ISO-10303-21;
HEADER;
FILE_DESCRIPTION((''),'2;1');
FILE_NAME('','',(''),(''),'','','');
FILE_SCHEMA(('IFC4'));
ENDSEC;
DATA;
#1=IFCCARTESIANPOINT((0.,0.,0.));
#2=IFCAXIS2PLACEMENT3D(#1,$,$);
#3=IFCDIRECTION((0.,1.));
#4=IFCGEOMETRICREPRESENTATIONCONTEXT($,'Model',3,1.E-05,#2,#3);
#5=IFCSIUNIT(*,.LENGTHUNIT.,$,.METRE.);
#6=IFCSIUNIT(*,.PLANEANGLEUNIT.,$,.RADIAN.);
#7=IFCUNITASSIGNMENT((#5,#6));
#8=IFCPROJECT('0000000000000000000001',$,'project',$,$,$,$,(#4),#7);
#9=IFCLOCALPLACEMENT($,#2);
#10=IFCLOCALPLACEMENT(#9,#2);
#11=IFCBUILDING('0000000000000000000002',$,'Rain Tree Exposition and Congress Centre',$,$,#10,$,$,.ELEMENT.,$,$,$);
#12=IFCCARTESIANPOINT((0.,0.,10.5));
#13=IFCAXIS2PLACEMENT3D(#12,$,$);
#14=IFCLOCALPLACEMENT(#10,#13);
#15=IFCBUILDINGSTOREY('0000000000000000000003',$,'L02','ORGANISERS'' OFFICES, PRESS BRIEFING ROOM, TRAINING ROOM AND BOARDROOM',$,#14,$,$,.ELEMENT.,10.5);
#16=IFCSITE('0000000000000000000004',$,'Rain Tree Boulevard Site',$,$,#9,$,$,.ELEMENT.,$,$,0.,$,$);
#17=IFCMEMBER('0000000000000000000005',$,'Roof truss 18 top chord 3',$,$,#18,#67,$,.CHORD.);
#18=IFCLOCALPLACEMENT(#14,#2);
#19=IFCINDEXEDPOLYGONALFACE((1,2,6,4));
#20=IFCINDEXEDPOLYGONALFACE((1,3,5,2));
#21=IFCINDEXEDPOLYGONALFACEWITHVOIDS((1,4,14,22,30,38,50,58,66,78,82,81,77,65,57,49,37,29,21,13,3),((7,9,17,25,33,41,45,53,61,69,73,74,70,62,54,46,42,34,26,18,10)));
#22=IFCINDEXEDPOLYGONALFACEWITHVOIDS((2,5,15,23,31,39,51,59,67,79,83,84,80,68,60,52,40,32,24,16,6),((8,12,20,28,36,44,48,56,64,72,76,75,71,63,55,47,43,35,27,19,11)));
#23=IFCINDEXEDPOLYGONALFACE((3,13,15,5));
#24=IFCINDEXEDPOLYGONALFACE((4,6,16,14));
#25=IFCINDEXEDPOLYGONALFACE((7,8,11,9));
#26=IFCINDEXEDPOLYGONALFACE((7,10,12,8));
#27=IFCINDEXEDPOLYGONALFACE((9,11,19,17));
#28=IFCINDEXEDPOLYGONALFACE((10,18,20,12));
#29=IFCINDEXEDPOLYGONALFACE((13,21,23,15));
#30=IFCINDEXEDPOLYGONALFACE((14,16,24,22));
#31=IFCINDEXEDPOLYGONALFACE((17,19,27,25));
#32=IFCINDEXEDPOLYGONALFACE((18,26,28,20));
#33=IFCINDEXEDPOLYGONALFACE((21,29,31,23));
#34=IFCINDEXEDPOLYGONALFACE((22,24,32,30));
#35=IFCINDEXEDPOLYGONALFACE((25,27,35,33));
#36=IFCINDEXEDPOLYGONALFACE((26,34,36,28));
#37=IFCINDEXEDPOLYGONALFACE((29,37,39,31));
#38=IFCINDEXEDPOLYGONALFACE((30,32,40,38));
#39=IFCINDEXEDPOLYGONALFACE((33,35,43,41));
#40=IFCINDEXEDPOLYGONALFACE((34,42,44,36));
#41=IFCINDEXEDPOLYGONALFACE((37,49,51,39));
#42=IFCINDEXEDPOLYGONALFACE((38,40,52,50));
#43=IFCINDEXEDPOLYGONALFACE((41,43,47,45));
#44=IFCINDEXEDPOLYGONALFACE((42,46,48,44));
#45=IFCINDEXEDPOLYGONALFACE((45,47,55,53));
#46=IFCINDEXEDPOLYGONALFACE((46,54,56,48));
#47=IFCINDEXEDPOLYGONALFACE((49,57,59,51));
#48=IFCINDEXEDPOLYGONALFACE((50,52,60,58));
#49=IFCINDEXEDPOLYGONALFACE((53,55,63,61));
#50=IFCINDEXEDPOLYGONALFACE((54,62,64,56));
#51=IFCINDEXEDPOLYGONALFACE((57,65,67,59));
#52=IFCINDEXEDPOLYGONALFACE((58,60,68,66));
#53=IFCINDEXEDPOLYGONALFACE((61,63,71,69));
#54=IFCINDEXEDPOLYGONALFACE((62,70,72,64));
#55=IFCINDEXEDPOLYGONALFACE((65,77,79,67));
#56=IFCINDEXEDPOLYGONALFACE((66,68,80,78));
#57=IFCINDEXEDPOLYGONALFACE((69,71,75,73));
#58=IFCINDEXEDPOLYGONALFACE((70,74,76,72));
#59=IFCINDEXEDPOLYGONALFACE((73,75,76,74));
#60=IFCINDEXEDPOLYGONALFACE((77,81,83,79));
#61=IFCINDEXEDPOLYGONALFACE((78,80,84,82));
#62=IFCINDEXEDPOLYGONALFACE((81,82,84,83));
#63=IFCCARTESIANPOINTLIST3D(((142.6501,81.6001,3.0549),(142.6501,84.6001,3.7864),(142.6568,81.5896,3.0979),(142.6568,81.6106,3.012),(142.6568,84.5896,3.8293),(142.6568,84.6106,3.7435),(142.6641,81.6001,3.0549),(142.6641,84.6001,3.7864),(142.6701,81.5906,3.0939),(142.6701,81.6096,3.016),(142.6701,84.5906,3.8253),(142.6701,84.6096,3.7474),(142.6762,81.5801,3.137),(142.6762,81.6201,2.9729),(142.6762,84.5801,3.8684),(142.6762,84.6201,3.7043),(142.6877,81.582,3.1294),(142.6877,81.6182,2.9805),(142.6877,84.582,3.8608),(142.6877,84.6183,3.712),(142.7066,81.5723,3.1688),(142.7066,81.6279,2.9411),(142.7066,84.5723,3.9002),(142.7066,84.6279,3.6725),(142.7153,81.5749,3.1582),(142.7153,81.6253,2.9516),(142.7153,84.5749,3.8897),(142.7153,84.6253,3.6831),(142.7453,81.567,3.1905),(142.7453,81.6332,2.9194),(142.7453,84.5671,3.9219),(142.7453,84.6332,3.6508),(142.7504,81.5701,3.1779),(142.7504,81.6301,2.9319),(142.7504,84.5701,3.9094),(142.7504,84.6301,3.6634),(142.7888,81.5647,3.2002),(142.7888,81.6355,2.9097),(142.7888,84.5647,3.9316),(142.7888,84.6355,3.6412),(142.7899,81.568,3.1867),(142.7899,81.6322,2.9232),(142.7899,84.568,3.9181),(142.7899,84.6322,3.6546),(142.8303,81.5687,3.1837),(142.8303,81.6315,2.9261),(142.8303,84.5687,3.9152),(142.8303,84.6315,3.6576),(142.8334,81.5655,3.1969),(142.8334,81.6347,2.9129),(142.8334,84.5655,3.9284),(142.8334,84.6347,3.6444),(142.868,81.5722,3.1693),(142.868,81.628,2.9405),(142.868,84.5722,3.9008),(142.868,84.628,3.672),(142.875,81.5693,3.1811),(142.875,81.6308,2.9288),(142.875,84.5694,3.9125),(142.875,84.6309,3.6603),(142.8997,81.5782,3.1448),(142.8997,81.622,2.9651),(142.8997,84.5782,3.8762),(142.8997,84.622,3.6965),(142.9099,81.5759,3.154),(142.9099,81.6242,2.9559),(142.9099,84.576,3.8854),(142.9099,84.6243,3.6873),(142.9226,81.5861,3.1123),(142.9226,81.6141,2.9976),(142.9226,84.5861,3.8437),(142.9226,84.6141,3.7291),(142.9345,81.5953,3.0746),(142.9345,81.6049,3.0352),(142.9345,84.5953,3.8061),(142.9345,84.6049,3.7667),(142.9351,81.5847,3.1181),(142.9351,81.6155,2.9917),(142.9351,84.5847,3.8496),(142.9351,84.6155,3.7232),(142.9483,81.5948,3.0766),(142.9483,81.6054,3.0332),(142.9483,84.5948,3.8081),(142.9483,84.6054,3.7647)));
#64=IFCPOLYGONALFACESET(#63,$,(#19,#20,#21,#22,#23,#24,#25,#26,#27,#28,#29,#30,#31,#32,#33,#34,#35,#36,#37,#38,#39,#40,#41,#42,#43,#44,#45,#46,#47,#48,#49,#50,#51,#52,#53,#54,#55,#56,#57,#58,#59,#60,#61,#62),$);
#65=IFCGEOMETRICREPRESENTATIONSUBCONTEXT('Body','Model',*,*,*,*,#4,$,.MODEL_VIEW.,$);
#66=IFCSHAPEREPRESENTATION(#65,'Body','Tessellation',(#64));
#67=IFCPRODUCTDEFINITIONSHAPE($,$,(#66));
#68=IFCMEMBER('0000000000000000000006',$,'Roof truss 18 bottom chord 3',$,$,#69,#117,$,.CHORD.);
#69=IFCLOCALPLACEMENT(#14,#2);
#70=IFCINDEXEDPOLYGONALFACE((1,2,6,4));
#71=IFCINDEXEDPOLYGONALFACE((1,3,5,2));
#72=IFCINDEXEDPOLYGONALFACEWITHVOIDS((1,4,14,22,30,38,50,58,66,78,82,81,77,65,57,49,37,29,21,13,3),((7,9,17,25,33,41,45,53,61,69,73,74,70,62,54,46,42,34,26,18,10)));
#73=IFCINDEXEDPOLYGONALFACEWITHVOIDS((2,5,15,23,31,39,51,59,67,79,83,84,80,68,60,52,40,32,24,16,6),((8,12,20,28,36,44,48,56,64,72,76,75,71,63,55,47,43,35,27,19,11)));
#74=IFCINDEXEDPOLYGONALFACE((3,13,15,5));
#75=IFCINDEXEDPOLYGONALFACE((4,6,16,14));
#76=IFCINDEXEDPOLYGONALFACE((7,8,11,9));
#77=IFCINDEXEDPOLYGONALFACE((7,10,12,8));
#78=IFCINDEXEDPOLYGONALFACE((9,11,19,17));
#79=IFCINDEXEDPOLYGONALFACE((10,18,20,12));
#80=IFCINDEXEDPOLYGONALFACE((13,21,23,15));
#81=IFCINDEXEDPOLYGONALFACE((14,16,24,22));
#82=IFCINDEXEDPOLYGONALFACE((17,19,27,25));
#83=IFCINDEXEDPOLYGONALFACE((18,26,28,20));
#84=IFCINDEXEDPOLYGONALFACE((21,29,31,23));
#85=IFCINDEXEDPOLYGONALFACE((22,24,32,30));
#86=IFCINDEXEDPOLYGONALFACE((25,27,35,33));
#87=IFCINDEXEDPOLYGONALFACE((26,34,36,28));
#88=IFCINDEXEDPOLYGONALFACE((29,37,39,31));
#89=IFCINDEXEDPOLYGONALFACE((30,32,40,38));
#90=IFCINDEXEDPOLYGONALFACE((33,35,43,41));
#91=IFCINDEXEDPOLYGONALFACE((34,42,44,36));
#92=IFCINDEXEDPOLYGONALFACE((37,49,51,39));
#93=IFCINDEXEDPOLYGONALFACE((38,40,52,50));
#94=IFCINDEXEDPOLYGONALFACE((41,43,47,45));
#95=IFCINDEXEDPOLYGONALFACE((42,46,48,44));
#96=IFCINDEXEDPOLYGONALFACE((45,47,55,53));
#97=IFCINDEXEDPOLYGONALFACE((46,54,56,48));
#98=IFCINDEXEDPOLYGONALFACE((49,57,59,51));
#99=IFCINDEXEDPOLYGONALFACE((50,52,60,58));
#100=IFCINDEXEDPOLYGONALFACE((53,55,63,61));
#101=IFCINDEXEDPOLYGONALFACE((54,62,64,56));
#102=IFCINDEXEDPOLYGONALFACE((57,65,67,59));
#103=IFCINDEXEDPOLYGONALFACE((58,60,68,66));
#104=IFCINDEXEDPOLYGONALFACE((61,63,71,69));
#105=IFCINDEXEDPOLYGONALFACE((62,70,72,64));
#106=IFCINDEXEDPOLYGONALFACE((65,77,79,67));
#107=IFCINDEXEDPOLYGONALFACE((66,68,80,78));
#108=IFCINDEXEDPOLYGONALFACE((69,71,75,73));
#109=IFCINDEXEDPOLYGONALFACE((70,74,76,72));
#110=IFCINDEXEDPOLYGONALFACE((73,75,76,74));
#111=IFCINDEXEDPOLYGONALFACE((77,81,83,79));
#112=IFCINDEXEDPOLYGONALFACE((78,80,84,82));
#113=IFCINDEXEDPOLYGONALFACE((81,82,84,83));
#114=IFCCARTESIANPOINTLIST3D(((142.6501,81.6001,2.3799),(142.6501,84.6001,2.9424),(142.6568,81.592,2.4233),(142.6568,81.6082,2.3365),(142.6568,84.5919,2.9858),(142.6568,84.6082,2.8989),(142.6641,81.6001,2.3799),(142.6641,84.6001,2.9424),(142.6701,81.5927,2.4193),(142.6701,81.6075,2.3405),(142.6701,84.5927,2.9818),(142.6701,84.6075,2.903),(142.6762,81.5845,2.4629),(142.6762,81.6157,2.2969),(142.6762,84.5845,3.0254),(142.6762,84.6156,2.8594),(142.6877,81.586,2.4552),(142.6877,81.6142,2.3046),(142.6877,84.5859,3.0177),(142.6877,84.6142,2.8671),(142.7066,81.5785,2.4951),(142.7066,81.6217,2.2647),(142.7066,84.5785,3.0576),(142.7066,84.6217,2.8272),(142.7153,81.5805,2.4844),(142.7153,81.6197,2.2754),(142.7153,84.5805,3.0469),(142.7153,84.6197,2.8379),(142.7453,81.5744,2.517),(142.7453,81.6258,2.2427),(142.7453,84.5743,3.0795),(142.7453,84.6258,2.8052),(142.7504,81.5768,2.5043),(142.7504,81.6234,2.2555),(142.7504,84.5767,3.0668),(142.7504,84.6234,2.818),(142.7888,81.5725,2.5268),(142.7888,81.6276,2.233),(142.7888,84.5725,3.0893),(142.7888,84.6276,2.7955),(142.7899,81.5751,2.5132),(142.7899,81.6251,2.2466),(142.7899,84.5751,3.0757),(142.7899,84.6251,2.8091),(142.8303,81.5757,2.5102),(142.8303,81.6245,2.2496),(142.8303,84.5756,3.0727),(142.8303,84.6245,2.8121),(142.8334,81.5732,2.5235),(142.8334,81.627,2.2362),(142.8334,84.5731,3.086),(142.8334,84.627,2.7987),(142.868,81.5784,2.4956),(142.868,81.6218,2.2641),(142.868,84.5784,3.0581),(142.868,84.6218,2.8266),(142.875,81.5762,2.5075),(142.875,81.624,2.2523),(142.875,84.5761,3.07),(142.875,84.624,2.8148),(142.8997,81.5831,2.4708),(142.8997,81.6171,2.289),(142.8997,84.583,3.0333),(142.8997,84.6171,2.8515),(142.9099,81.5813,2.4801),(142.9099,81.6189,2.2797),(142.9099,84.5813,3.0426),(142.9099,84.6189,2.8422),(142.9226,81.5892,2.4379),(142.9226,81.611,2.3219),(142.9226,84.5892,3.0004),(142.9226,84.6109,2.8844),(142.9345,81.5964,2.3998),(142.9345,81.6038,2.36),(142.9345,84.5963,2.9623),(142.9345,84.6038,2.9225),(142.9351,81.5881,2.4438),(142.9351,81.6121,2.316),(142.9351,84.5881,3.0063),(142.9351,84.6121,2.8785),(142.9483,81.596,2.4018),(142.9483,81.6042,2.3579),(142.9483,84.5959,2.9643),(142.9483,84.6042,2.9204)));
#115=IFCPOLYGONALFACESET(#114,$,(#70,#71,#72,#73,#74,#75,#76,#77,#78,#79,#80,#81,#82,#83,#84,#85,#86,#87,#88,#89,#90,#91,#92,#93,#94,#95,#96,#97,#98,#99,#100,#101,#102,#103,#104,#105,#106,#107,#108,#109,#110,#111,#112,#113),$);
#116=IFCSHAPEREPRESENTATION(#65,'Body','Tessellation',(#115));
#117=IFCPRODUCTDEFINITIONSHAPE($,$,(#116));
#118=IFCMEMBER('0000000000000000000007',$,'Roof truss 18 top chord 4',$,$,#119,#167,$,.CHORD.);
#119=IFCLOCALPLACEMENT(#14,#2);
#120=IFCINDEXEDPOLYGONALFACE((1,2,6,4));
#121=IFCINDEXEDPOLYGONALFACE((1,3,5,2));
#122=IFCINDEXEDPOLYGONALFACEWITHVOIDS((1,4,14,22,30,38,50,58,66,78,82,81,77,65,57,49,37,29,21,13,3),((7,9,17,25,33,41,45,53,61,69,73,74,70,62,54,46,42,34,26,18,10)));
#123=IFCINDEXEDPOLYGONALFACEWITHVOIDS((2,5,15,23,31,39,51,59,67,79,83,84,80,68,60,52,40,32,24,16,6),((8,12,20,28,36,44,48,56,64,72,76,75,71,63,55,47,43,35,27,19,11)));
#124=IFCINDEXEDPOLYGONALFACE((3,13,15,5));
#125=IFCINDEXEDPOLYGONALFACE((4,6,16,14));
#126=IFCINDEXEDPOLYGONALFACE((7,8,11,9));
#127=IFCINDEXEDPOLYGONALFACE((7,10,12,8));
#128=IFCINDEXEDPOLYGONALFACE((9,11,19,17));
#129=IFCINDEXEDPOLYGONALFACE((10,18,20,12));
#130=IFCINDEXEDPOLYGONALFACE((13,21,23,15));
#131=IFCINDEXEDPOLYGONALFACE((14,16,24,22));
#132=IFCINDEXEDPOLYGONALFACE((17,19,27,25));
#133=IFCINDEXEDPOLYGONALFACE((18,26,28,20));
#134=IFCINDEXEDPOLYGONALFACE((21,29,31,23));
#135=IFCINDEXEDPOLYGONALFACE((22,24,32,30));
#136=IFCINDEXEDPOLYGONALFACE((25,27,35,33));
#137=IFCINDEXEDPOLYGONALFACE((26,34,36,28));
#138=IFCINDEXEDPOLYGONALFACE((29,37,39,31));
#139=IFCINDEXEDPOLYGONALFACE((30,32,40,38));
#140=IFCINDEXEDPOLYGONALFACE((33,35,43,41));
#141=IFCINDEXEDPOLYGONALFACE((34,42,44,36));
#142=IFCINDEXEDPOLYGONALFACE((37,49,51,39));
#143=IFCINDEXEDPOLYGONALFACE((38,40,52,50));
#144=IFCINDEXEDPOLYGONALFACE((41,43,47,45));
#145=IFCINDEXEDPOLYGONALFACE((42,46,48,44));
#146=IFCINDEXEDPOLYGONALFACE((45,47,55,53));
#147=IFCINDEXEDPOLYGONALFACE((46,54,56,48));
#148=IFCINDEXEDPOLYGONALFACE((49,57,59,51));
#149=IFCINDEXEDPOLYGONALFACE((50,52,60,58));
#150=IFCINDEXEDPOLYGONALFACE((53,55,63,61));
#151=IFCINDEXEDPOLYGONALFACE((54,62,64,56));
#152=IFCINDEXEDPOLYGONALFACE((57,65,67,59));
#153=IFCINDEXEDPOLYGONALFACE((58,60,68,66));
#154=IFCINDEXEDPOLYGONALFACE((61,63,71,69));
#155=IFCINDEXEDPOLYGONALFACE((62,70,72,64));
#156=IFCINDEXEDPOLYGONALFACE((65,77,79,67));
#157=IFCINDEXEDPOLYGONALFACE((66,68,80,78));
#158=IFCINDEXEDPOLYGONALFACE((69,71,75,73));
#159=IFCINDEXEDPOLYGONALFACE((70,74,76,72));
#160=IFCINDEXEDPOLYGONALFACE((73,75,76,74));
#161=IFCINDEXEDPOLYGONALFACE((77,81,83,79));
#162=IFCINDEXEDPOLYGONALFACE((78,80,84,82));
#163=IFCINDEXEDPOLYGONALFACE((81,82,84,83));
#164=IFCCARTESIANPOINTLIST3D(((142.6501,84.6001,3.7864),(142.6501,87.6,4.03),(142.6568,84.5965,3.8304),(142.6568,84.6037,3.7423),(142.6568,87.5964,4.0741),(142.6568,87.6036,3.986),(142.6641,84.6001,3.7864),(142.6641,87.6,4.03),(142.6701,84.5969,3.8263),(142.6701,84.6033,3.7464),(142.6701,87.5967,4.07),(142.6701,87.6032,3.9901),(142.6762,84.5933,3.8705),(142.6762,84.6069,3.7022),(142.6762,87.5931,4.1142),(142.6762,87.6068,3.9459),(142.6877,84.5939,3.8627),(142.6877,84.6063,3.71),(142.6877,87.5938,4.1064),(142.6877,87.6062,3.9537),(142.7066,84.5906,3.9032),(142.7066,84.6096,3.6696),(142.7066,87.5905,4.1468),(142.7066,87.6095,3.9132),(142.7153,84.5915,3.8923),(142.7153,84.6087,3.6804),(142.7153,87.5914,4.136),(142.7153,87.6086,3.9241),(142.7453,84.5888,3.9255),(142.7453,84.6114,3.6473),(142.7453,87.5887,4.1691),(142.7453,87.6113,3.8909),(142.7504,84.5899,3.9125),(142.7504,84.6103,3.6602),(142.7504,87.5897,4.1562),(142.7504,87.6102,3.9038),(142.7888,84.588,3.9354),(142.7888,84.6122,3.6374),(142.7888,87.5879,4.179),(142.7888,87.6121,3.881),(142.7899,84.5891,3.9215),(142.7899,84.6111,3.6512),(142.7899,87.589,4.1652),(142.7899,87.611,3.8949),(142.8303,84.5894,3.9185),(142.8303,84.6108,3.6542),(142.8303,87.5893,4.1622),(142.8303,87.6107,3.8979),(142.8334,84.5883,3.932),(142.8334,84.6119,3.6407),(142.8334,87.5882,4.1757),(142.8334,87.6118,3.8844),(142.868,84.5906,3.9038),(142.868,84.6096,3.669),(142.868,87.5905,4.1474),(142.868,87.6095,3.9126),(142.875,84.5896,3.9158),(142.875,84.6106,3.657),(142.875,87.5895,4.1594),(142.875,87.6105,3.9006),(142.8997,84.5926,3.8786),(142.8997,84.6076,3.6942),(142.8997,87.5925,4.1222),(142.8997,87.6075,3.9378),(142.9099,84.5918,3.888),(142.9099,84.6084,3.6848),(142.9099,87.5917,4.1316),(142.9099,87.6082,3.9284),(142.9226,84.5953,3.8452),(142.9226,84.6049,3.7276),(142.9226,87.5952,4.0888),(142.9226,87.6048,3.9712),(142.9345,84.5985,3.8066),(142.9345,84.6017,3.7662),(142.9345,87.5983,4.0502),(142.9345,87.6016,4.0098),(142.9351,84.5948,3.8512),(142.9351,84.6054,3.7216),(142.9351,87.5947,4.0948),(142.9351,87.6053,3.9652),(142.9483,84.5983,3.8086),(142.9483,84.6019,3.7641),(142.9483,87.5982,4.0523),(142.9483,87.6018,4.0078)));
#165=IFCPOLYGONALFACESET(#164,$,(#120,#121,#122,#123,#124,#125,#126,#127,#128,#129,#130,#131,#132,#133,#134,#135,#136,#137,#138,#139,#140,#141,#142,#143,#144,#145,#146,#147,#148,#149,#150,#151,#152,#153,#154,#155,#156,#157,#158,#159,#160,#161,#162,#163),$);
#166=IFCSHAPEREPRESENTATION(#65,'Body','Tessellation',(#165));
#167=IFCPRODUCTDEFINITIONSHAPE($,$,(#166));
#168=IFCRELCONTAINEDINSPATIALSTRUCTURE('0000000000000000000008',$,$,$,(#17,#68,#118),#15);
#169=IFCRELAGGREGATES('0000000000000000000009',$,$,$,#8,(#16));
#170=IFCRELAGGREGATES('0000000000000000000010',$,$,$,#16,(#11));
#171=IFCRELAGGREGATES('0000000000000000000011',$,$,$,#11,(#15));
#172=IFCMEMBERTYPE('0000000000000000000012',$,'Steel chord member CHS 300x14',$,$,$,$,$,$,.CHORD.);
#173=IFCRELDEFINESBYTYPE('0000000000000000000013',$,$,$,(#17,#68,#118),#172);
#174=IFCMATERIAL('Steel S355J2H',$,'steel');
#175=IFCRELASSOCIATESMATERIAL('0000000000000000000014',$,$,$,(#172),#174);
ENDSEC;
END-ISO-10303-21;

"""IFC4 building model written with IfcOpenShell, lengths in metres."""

from ifc_helpers import new_model, si_unit, direction, frame, origin, origin_2d, place, context, subcontext, project, spatial, hollow_circle, extrude, material, material_profile, profile_set, type_object, element, save


model = new_model("IFC4")

# Units and contexts
model_context = context("Model", 3, precision=1e-05, world=origin(), true_north=direction((0.0, 1.0)))
body_context = subcontext(model_context, "Body", "Model", "MODEL_VIEW")
ifc_project = project(units=[si_unit("LENGTHUNIT", "METRE"), si_unit("PLANEANGLEUNIT", "RADIAN")], contexts=[model_context])

# Site, building, storey
site_placement = place(None, origin())
site = spatial("IfcSite", under=ifc_project, at=site_placement, Name="Rain Tree Boulevard Site", CompositionType="ELEMENT", RefElevation=0.0)
building_placement = place(site_placement, origin())
building = spatial("IfcBuilding", under=site, at=building_placement, Name="Rain Tree Exposition and Congress Centre", CompositionType="ELEMENT")
storey_placement = place(building_placement, frame((0.0, 0.0, 10.5)))
storey = spatial("IfcBuildingStorey", under=building, at=storey_placement, Name="L02", Description="ORGANISERS' OFFICES, PRESS BRIEFING ROOM, TRAINING ROOM AND BOARDROOM", CompositionType="ELEMENT", Elevation=10.5)

# Members
ifc_material_1 = material(Name="Steel S355J2H", Category="steel")
ifc_material_profile_1 = material_profile(ifc_material_1, hollow_circle(Radius=0.1499, WallThickness=0.0139, at=origin_2d()), Name="CHS 300x14")
ifc_profile_set_1 = profile_set([ifc_material_profile_1], Name="Steel S355J2H")
member_type_1 = type_object("IfcMemberType", Name="Steel chord member CHS 300x14", PredefinedType="CHORD", material=ifc_profile_set_1)
member_1_placement = place(storey_placement, frame((142.8, 81.6001, 3.0549), z_axis=(0.0, 0.97154, 0.236876), x_axis=(-1.0, 0.0, 0.0)))
element("IfcMember", 1, at=member_1_placement, inside=storey, type_object=member_type_1, Name="Roof truss 18 top chord 3", PredefinedType="CHORD", context=body_context, shape_type="SweptSolid", body=[
    extrude(hollow_circle(Radius=0.1499, WallThickness=0.0139, at=origin_2d()), origin(), (0.0, 0.0, 1.0), 3.0879),
])
member_2_placement = place(storey_placement, frame((142.8, 81.6001, 2.3799), z_axis=(0.0, 0.982872, 0.184289), x_axis=(-1.0, 0.0, 0.0)))
element("IfcMember", 2, at=member_2_placement, inside=storey, type_object=member_type_1, Name="Roof truss 18 bottom chord 3", PredefinedType="CHORD", context=body_context, shape_type="SweptSolid", body=[
    extrude(hollow_circle(Radius=0.1499, WallThickness=0.0139, at=origin_2d()), origin(), (0.0, 0.0, 1.0), 3.0522),
])
member_3_placement = place(storey_placement, frame((142.8, 84.6001, 3.7864), z_axis=(0.0, 0.996718, 0.080951), x_axis=(-1.0, 0.0, 0.0)))
element("IfcMember", 3, at=member_3_placement, inside=storey, type_object=member_type_1, Name="Roof truss 18 top chord 4", PredefinedType="CHORD", context=body_context, shape_type="SweptSolid", body=[
    extrude(hollow_circle(Radius=0.1499, WallThickness=0.0139, at=origin_2d()), origin(), (0.0, 0.0, 1.0), 3.0098),
])

save(model, "model.ifc")
